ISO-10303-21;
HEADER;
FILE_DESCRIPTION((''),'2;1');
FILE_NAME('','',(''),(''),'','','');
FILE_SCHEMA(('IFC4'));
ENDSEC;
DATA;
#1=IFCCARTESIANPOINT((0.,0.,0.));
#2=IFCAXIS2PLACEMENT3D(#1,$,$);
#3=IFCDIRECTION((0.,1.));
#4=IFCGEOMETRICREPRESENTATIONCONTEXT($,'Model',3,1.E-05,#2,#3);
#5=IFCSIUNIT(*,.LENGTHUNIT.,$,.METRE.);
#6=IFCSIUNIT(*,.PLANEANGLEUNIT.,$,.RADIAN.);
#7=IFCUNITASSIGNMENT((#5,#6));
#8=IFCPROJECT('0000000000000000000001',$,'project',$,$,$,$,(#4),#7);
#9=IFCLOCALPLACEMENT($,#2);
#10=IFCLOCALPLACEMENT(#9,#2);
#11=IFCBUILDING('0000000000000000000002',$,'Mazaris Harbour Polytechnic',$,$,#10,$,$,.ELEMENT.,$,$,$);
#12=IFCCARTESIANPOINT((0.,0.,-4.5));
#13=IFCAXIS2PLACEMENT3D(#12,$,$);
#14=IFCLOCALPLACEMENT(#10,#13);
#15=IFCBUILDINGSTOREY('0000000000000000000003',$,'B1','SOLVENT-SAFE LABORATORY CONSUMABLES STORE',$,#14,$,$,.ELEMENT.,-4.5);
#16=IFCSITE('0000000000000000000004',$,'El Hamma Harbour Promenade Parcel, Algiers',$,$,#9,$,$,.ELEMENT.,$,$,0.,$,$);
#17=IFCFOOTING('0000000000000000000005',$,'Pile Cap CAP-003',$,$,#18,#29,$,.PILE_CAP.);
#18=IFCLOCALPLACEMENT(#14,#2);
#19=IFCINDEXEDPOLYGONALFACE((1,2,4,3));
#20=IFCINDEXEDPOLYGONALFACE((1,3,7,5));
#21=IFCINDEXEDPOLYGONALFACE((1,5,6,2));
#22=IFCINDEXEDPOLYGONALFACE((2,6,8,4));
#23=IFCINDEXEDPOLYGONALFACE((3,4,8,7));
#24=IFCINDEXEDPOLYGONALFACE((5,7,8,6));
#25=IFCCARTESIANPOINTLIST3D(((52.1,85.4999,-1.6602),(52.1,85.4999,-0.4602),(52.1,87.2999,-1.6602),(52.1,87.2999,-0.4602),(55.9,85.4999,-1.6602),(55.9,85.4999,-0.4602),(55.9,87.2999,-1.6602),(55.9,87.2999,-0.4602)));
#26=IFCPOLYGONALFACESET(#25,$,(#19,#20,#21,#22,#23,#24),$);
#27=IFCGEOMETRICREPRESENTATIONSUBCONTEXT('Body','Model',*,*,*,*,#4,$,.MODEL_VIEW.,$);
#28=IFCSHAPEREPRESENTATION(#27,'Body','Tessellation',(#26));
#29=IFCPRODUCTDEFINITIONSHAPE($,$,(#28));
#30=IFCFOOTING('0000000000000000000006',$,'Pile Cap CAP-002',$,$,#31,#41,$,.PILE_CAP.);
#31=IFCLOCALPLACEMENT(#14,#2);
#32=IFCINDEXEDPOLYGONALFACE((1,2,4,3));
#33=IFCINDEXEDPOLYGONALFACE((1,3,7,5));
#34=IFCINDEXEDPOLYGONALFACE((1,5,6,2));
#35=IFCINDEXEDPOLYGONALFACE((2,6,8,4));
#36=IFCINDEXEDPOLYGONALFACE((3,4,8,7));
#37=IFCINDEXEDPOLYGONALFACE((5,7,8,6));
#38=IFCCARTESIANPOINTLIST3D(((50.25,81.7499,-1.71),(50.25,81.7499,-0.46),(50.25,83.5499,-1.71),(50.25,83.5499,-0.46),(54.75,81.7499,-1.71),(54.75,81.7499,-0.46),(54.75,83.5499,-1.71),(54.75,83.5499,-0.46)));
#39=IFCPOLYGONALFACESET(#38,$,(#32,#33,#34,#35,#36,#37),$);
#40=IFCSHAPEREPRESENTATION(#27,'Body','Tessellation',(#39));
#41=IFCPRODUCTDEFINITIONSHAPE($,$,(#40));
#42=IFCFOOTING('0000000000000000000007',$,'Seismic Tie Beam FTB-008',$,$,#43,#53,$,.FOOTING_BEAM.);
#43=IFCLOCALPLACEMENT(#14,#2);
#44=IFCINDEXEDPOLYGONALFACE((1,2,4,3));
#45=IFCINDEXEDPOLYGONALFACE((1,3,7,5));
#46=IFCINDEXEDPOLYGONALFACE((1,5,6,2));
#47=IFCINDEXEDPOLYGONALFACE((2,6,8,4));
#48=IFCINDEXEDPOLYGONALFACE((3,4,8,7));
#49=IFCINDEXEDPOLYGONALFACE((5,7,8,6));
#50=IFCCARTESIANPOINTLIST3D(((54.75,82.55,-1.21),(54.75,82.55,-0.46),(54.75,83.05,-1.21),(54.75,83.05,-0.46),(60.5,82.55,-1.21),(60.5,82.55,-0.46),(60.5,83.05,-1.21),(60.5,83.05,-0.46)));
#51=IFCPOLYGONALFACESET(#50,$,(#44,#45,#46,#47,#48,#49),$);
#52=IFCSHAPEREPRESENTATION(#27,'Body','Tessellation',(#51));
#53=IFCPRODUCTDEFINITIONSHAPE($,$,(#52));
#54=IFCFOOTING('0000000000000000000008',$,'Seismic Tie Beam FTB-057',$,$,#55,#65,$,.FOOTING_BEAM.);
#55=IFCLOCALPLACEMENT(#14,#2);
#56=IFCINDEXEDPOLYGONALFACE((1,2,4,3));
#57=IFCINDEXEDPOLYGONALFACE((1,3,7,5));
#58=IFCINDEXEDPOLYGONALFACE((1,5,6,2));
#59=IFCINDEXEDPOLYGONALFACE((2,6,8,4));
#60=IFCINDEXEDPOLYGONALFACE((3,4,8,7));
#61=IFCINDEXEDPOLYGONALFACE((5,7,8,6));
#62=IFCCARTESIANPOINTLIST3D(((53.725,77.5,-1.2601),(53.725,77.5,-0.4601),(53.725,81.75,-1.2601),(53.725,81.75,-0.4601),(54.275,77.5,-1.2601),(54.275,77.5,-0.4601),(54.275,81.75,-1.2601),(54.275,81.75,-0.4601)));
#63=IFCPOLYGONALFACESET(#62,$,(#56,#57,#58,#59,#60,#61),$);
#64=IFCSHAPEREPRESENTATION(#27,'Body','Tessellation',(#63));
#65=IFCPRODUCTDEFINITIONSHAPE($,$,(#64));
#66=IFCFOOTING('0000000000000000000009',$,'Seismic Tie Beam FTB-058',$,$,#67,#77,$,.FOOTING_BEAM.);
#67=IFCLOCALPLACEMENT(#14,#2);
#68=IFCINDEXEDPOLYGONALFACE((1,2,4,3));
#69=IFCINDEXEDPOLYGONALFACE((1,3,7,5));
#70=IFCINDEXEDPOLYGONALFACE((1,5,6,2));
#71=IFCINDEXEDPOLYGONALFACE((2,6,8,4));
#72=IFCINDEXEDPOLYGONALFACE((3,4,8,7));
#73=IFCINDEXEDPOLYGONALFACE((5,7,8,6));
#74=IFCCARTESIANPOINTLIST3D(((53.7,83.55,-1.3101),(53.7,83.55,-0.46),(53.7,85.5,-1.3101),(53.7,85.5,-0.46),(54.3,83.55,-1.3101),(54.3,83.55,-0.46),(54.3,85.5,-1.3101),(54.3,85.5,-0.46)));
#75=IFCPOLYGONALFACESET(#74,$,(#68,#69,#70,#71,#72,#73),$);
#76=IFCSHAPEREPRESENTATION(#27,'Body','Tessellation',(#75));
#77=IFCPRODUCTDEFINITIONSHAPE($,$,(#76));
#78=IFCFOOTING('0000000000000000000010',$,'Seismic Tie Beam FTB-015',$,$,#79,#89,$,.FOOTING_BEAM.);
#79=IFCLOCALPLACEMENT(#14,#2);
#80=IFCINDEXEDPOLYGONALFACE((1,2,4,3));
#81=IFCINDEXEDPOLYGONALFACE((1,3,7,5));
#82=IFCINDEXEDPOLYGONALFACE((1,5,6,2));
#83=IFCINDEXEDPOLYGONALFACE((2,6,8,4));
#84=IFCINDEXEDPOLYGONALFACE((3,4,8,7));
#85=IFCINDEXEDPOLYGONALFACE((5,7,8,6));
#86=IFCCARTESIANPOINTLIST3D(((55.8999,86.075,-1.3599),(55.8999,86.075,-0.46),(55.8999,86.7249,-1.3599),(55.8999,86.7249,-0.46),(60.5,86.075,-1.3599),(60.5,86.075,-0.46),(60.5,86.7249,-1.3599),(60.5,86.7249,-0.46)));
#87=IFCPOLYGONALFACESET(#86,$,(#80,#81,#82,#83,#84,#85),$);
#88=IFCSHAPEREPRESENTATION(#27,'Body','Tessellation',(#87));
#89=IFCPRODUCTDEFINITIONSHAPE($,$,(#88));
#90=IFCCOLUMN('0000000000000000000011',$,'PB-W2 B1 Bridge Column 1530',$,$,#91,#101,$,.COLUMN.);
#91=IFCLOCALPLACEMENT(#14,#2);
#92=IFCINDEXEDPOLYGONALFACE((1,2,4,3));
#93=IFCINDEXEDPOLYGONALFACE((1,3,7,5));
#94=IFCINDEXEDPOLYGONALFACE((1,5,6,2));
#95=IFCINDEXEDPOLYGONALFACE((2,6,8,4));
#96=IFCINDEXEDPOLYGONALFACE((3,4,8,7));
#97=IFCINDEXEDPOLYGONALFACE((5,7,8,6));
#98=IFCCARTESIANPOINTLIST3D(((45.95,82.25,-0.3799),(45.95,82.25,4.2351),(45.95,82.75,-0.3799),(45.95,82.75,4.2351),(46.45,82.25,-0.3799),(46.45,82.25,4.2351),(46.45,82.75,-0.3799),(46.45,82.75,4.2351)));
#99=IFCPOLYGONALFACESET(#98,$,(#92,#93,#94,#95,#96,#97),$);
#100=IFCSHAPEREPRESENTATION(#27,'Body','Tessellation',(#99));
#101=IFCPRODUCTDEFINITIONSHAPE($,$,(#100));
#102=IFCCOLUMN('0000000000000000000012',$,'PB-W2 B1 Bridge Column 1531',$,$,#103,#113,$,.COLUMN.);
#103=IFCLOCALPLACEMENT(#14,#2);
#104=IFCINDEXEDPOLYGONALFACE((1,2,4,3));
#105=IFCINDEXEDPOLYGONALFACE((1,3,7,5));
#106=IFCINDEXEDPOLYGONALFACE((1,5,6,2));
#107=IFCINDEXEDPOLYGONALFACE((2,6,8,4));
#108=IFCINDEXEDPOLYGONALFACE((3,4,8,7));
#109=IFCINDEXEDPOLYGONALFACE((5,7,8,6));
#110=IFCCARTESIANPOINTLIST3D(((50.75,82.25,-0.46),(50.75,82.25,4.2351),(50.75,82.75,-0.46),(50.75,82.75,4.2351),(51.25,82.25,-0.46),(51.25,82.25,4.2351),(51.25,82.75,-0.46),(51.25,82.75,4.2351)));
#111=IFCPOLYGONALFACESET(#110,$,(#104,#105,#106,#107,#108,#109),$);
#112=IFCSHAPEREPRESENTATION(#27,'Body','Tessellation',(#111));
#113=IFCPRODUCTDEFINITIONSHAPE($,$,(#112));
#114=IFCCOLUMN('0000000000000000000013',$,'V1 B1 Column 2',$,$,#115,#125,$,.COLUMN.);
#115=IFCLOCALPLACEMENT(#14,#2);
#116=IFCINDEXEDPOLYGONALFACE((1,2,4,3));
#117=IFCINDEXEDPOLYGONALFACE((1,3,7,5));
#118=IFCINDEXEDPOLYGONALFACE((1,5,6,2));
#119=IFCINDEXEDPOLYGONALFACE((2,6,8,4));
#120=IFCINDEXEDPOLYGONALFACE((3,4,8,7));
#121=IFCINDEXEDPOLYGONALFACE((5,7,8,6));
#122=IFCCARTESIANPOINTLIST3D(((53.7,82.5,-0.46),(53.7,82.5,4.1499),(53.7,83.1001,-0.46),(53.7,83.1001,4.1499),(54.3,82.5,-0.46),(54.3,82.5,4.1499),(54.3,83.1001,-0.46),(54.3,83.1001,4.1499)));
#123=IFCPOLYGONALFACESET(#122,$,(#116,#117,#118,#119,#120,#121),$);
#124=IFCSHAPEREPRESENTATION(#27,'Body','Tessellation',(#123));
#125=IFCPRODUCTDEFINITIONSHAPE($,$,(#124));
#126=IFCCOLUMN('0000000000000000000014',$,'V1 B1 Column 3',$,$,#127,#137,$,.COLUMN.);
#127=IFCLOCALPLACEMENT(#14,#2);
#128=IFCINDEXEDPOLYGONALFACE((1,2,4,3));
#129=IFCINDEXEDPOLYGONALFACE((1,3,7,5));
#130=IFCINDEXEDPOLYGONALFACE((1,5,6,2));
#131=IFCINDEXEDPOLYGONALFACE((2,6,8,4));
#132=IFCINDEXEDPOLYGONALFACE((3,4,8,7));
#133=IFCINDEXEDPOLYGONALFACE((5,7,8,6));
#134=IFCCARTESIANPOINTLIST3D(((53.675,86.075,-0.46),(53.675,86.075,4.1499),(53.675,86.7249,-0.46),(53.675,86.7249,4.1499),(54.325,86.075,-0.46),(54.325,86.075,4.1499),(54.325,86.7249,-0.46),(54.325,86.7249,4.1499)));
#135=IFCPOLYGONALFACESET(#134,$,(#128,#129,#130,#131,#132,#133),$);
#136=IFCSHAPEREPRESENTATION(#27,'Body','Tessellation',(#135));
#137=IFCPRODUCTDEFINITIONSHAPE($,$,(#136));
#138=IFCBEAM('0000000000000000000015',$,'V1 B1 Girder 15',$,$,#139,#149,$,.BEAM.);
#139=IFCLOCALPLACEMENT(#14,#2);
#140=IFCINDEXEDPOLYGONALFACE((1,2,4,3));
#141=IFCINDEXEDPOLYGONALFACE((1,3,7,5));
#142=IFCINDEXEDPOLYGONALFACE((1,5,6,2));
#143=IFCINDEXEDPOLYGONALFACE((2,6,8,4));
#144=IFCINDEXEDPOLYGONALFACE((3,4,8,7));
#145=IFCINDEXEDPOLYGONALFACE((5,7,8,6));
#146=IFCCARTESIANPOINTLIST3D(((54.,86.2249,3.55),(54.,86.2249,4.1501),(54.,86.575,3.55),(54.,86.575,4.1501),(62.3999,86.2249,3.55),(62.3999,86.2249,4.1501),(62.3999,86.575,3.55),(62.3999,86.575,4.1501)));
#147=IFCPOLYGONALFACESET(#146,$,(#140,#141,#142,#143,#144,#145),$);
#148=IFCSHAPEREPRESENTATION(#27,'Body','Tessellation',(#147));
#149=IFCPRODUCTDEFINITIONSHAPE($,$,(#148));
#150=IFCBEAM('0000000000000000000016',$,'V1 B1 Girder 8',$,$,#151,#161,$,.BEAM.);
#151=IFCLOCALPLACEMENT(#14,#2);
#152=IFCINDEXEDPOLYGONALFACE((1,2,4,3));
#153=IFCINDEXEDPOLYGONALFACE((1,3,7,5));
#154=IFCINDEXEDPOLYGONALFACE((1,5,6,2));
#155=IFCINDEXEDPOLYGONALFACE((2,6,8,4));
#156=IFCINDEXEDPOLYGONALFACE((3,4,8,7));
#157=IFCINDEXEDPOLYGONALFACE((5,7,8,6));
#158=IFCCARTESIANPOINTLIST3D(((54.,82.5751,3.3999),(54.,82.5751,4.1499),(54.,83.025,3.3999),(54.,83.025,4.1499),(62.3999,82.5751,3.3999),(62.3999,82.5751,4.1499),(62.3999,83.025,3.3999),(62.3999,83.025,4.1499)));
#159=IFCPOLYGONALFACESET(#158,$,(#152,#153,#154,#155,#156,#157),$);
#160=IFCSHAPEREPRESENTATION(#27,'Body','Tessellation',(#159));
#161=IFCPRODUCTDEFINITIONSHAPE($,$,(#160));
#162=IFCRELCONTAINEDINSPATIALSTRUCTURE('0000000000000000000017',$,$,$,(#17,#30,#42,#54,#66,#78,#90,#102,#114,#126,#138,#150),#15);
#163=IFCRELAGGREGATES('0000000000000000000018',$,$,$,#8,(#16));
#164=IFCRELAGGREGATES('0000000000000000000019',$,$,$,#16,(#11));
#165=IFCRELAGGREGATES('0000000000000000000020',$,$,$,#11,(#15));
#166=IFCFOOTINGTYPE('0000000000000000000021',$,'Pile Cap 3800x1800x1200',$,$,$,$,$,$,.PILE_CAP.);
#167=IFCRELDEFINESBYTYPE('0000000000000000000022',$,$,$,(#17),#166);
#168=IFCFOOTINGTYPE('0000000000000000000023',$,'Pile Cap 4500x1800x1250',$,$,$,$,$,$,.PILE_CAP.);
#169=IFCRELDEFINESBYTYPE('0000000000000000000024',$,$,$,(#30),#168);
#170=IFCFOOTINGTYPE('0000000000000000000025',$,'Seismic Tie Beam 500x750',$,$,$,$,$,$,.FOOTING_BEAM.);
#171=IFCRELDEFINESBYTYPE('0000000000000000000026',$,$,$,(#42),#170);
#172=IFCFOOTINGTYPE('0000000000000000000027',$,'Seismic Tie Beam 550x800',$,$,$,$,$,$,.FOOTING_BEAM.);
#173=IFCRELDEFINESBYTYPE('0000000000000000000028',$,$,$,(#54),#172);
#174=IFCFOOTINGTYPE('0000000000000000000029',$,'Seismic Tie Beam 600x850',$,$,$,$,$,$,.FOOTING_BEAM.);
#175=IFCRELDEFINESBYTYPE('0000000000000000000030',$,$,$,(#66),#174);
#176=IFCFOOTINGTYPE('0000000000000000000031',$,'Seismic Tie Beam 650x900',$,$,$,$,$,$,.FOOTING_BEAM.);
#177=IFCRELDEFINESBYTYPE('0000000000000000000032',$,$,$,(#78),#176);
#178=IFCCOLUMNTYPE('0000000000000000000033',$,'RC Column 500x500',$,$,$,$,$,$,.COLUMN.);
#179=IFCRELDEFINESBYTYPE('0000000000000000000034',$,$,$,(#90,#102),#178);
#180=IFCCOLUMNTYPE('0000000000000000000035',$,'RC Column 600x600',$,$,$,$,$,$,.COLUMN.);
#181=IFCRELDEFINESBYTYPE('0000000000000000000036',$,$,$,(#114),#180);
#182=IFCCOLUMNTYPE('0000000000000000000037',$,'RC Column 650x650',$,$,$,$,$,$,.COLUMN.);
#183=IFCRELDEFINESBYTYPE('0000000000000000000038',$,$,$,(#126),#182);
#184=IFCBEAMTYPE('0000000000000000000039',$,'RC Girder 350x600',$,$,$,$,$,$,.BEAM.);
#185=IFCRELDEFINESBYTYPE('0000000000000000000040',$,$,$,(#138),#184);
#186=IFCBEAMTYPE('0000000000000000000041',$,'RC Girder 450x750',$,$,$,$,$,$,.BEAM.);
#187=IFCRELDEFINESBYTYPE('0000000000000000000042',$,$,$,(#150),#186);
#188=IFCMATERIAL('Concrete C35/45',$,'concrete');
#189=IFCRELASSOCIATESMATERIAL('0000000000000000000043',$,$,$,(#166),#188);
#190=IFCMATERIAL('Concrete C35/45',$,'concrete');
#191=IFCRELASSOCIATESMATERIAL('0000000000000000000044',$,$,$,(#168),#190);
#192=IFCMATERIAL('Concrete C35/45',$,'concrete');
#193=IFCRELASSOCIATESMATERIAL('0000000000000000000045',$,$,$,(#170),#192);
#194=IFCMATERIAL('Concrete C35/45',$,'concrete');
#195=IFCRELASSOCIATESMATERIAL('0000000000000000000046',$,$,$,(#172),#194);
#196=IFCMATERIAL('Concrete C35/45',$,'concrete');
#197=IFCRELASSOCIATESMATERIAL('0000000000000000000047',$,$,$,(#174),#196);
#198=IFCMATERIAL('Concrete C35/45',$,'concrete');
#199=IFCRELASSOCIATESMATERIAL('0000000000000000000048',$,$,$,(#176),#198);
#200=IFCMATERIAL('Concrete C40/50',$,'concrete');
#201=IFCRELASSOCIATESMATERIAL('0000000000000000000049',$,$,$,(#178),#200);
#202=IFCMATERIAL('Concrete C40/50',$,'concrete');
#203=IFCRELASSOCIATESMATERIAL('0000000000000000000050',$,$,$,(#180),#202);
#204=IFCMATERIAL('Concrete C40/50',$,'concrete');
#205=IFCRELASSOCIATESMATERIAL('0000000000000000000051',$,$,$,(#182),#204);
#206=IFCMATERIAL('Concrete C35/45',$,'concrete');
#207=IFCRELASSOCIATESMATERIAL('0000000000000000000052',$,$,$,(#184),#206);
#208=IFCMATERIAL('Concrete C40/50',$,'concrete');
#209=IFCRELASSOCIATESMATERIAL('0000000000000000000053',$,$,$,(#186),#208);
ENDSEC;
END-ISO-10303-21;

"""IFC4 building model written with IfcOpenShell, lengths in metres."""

from ifc_helpers import new_model, si_unit, direction, frame, origin, origin_2d, place, context, subcontext, project, spatial, rectangle, extrude, material, material_profile, profile_set, type_object, element, save


model = new_model("IFC4")

# Units and contexts
model_context = context("Model", 3, precision=1e-05, world=origin(), true_north=direction((0.0, 1.0)))
body_context = subcontext(model_context, "Body", "Model", "MODEL_VIEW")
ifc_project = project(units=[si_unit("LENGTHUNIT", "METRE"), si_unit("PLANEANGLEUNIT", "RADIAN")], contexts=[model_context])

# Site, building, storey
site_placement = place(None, origin())
site = spatial("IfcSite", under=ifc_project, at=site_placement, Name="El Hamma Harbour Promenade Parcel, Algiers", CompositionType="ELEMENT", RefElevation=0.0)
building_placement = place(site_placement, origin())
building = spatial("IfcBuilding", under=site, at=building_placement, Name="Mazaris Harbour Polytechnic", CompositionType="ELEMENT")
storey_placement = place(building_placement, frame((0.0, 0.0, -4.5)))
storey = spatial("IfcBuildingStorey", under=building, at=storey_placement, Name="B1", Description="SOLVENT-SAFE LABORATORY CONSUMABLES STORE", CompositionType="ELEMENT", Elevation=-4.5)

# Footings
ifc_material_1 = material(Name="Concrete C35/45", Category="concrete")
footing_type_1 = type_object("IfcFootingType", Name="Pile Cap 3800x1800x1200", PredefinedType="PILE_CAP", material=ifc_material_1)
footing_1_placement = place(storey_placement, frame((54.0, 86.3999, -1.6602), z_axis=(0.0, 0.0, 1.0), x_axis=(1.0, 0.0, 0.0)))
element("IfcFooting", 1, at=footing_1_placement, inside=storey, type_object=footing_type_1, Name="Pile Cap CAP-003", PredefinedType="PILE_CAP", context=body_context, shape_type="SweptSolid", body=[
    extrude(rectangle(XDim=3.8, YDim=1.8, at=origin_2d()), origin(), (0.0, 0.0, 1.0), 1.2),
])
ifc_material_2 = material(Name="Concrete C35/45", Category="concrete")
footing_type_2 = type_object("IfcFootingType", Name="Pile Cap 4500x1800x1250", PredefinedType="PILE_CAP", material=ifc_material_2)
footing_2_placement = place(storey_placement, frame((52.5, 82.6499, -1.71), z_axis=(0.0, 0.0, 1.0), x_axis=(1.0, 0.0, 0.0)))
element("IfcFooting", 2, at=footing_2_placement, inside=storey, type_object=footing_type_2, Name="Pile Cap CAP-002", PredefinedType="PILE_CAP", context=body_context, shape_type="SweptSolid", body=[
    extrude(rectangle(XDim=4.5, YDim=1.8, at=origin_2d()), origin(), (0.0, 0.0, 1.0), 1.25),
])
ifc_material_3 = material(Name="Concrete C35/45", Category="concrete")
ifc_material_profile_1 = material_profile(ifc_material_3, rectangle(XDim=0.5, YDim=0.75, at=origin_2d()), Name="RECT500x750")
ifc_profile_set_1 = profile_set([ifc_material_profile_1], Name="Concrete C35/45")
footing_type_3 = type_object("IfcFootingType", Name="Seismic Tie Beam 500x750", PredefinedType="FOOTING_BEAM", material=ifc_profile_set_1)
footing_3_placement = place(storey_placement, frame((54.75, 82.8, -0.835), z_axis=(1.0, 0.0, 0.0), x_axis=(0.0, 1.0, 0.0)))
element("IfcFooting", 3, at=footing_3_placement, inside=storey, type_object=footing_type_3, Name="Seismic Tie Beam FTB-008", PredefinedType="FOOTING_BEAM", context=body_context, shape_type="SweptSolid", body=[
    extrude(rectangle(XDim=0.5, YDim=0.75, at=origin_2d()), origin(), (0.0, 0.0, 1.0), 5.75),
])
ifc_material_4 = material(Name="Concrete C35/45", Category="concrete")
ifc_material_profile_2 = material_profile(ifc_material_4, rectangle(XDim=0.55, YDim=0.8, at=origin_2d()), Name="RECT550x800")
ifc_profile_set_2 = profile_set([ifc_material_profile_2], Name="Concrete C35/45")
footing_type_4 = type_object("IfcFootingType", Name="Seismic Tie Beam 550x800", PredefinedType="FOOTING_BEAM", material=ifc_profile_set_2)
footing_4_placement = place(storey_placement, frame((54.0, 77.5, -0.8601), z_axis=(0.0, 1.0, 0.0), x_axis=(-1.0, 0.0, 0.0)))
element("IfcFooting", 4, at=footing_4_placement, inside=storey, type_object=footing_type_4, Name="Seismic Tie Beam FTB-057", PredefinedType="FOOTING_BEAM", context=body_context, shape_type="SweptSolid", body=[
    extrude(rectangle(XDim=0.55, YDim=0.8, at=origin_2d()), origin(), (0.0, 0.0, 1.0), 4.25),
])
ifc_material_5 = material(Name="Concrete C35/45", Category="concrete")
ifc_material_profile_3 = material_profile(ifc_material_5, rectangle(XDim=0.6001, YDim=0.8501, at=origin_2d()), Name="RECT600x850")
ifc_profile_set_3 = profile_set([ifc_material_profile_3], Name="Concrete C35/45")
footing_type_5 = type_object("IfcFootingType", Name="Seismic Tie Beam 600x850", PredefinedType="FOOTING_BEAM", material=ifc_profile_set_3)
footing_5_placement = place(storey_placement, frame((54.0, 83.55, -0.885), z_axis=(0.0, 1.0, 0.0), x_axis=(-1.0, 0.0, 0.0)))
element("IfcFooting", 5, at=footing_5_placement, inside=storey, type_object=footing_type_5, Name="Seismic Tie Beam FTB-058", PredefinedType="FOOTING_BEAM", context=body_context, shape_type="SweptSolid", body=[
    extrude(rectangle(XDim=0.6001, YDim=0.8501, at=origin_2d()), origin(), (0.0, 0.0, 1.0), 1.95),
])
ifc_material_6 = material(Name="Concrete C35/45", Category="concrete")
ifc_material_profile_4 = material_profile(ifc_material_6, rectangle(XDim=0.6499, YDim=0.8999, at=origin_2d()), Name="RECT650x900")
ifc_profile_set_4 = profile_set([ifc_material_profile_4], Name="Concrete C35/45")
footing_type_6 = type_object("IfcFootingType", Name="Seismic Tie Beam 650x900", PredefinedType="FOOTING_BEAM", material=ifc_profile_set_4)
footing_6_placement = place(storey_placement, frame((55.8999, 86.3999, -0.9099), z_axis=(1.0, 0.0, 0.0), x_axis=(0.0, 1.0, 0.0)))
element("IfcFooting", 6, at=footing_6_placement, inside=storey, type_object=footing_type_6, Name="Seismic Tie Beam FTB-015", PredefinedType="FOOTING_BEAM", context=body_context, shape_type="SweptSolid", body=[
    extrude(rectangle(XDim=0.6499, YDim=0.8999, at=origin_2d()), origin(), (0.0, 0.0, 1.0), 4.6001),
])

# Columns
ifc_material_7 = material(Name="Concrete C40/50", Category="concrete")
ifc_material_profile_5 = material_profile(ifc_material_7, rectangle(XDim=0.5, YDim=0.5, at=origin_2d()), Name="RECT500x500")
ifc_profile_set_5 = profile_set([ifc_material_profile_5], Name="Concrete C40/50")
column_type_1 = type_object("IfcColumnType", Name="RC Column 500x500", PredefinedType="COLUMN", material=ifc_profile_set_5)
column_1_placement = place(storey_placement, frame((46.2, 82.5, -0.3799), z_axis=(0.0, 0.0, 1.0), x_axis=(1.0, 0.0, 0.0)))
element("IfcColumn", 7, at=column_1_placement, inside=storey, type_object=column_type_1, Name="PB-W2 B1 Bridge Column 1530", PredefinedType="COLUMN", context=body_context, shape_type="SweptSolid", body=[
    extrude(rectangle(XDim=0.5, YDim=0.5, at=origin_2d()), origin(), (0.0, 0.0, 1.0), 4.615),
])
column_2_placement = place(storey_placement, frame((51.0, 82.5, -0.46), z_axis=(0.0, 0.0, 1.0), x_axis=(1.0, 0.0, 0.0)))
element("IfcColumn", 8, at=column_2_placement, inside=storey, type_object=column_type_1, Name="PB-W2 B1 Bridge Column 1531", PredefinedType="COLUMN", context=body_context, shape_type="SweptSolid", body=[
    extrude(rectangle(XDim=0.5, YDim=0.5, at=origin_2d()), origin(), (0.0, 0.0, 1.0), 4.6951),
])
ifc_material_8 = material(Name="Concrete C40/50", Category="concrete")
ifc_material_profile_6 = material_profile(ifc_material_8, rectangle(XDim=0.6001, YDim=0.6001, at=origin_2d()), Name="RECT600x600")
ifc_profile_set_6 = profile_set([ifc_material_profile_6], Name="Concrete C40/50")
column_type_2 = type_object("IfcColumnType", Name="RC Column 600x600", PredefinedType="COLUMN", material=ifc_profile_set_6)
column_3_placement = place(storey_placement, frame((54.0, 82.8, -0.46), z_axis=(0.0, 0.0, 1.0), x_axis=(1.0, 0.0, 0.0)))
element("IfcColumn", 9, at=column_3_placement, inside=storey, type_object=column_type_2, Name="V1 B1 Column 2", PredefinedType="COLUMN", context=body_context, shape_type="SweptSolid", body=[
    extrude(rectangle(XDim=0.6001, YDim=0.6001, at=origin_2d()), origin(), (0.0, 0.0, 1.0), 4.6099),
])
ifc_material_9 = material(Name="Concrete C40/50", Category="concrete")
ifc_material_profile_7 = material_profile(ifc_material_9, rectangle(XDim=0.6499, YDim=0.6499, at=origin_2d()), Name="RECT650x650")
ifc_profile_set_7 = profile_set([ifc_material_profile_7], Name="Concrete C40/50")
column_type_3 = type_object("IfcColumnType", Name="RC Column 650x650", PredefinedType="COLUMN", material=ifc_profile_set_7)
column_4_placement = place(storey_placement, frame((54.0, 86.3999, -0.46), z_axis=(0.0, 0.0, 1.0), x_axis=(1.0, 0.0, 0.0)))
element("IfcColumn", 10, at=column_4_placement, inside=storey, type_object=column_type_3, Name="V1 B1 Column 3", PredefinedType="COLUMN", context=body_context, shape_type="SweptSolid", body=[
    extrude(rectangle(XDim=0.6499, YDim=0.6499, at=origin_2d()), origin(), (0.0, 0.0, 1.0), 4.6099),
])

# Beams
ifc_material_10 = material(Name="Concrete C35/45", Category="concrete")
ifc_material_profile_8 = material_profile(ifc_material_10, rectangle(XDim=0.3501, YDim=0.6001, at=origin_2d()), Name="RECT350x600")
ifc_profile_set_8 = profile_set([ifc_material_profile_8], Name="Concrete C35/45")
beam_type_1 = type_object("IfcBeamType", Name="RC Girder 350x600", PredefinedType="BEAM", material=ifc_profile_set_8)
beam_1_placement = place(storey_placement, frame((54.0, 86.3999, 3.8501), z_axis=(1.0, 0.0, 0.0), x_axis=(0.0, 1.0, 0.0)))
element("IfcBeam", 11, at=beam_1_placement, inside=storey, type_object=beam_type_1, Name="V1 B1 Girder 15", PredefinedType="BEAM", context=body_context, shape_type="SweptSolid", body=[
    extrude(rectangle(XDim=0.3501, YDim=0.6001, at=origin_2d()), origin(), (0.0, 0.0, 1.0), 8.3999),
])
ifc_material_11 = material(Name="Concrete C40/50", Category="concrete")
ifc_material_profile_9 = material_profile(ifc_material_11, rectangle(XDim=0.45, YDim=0.75, at=origin_2d()), Name="RECT450x750")
ifc_profile_set_9 = profile_set([ifc_material_profile_9], Name="Concrete C40/50")
beam_type_2 = type_object("IfcBeamType", Name="RC Girder 450x750", PredefinedType="BEAM", material=ifc_profile_set_9)
beam_2_placement = place(storey_placement, frame((54.0, 82.8, 3.7749), z_axis=(1.0, 0.0, 0.0), x_axis=(0.0, 1.0, 0.0)))
element("IfcBeam", 12, at=beam_2_placement, inside=storey, type_object=beam_type_2, Name="V1 B1 Girder 8", PredefinedType="BEAM", context=body_context, shape_type="SweptSolid", body=[
    extrude(rectangle(XDim=0.45, YDim=0.75, at=origin_2d()), origin(), (0.0, 0.0, 1.0), 8.3999),
])

save(model, "model.ifc")
